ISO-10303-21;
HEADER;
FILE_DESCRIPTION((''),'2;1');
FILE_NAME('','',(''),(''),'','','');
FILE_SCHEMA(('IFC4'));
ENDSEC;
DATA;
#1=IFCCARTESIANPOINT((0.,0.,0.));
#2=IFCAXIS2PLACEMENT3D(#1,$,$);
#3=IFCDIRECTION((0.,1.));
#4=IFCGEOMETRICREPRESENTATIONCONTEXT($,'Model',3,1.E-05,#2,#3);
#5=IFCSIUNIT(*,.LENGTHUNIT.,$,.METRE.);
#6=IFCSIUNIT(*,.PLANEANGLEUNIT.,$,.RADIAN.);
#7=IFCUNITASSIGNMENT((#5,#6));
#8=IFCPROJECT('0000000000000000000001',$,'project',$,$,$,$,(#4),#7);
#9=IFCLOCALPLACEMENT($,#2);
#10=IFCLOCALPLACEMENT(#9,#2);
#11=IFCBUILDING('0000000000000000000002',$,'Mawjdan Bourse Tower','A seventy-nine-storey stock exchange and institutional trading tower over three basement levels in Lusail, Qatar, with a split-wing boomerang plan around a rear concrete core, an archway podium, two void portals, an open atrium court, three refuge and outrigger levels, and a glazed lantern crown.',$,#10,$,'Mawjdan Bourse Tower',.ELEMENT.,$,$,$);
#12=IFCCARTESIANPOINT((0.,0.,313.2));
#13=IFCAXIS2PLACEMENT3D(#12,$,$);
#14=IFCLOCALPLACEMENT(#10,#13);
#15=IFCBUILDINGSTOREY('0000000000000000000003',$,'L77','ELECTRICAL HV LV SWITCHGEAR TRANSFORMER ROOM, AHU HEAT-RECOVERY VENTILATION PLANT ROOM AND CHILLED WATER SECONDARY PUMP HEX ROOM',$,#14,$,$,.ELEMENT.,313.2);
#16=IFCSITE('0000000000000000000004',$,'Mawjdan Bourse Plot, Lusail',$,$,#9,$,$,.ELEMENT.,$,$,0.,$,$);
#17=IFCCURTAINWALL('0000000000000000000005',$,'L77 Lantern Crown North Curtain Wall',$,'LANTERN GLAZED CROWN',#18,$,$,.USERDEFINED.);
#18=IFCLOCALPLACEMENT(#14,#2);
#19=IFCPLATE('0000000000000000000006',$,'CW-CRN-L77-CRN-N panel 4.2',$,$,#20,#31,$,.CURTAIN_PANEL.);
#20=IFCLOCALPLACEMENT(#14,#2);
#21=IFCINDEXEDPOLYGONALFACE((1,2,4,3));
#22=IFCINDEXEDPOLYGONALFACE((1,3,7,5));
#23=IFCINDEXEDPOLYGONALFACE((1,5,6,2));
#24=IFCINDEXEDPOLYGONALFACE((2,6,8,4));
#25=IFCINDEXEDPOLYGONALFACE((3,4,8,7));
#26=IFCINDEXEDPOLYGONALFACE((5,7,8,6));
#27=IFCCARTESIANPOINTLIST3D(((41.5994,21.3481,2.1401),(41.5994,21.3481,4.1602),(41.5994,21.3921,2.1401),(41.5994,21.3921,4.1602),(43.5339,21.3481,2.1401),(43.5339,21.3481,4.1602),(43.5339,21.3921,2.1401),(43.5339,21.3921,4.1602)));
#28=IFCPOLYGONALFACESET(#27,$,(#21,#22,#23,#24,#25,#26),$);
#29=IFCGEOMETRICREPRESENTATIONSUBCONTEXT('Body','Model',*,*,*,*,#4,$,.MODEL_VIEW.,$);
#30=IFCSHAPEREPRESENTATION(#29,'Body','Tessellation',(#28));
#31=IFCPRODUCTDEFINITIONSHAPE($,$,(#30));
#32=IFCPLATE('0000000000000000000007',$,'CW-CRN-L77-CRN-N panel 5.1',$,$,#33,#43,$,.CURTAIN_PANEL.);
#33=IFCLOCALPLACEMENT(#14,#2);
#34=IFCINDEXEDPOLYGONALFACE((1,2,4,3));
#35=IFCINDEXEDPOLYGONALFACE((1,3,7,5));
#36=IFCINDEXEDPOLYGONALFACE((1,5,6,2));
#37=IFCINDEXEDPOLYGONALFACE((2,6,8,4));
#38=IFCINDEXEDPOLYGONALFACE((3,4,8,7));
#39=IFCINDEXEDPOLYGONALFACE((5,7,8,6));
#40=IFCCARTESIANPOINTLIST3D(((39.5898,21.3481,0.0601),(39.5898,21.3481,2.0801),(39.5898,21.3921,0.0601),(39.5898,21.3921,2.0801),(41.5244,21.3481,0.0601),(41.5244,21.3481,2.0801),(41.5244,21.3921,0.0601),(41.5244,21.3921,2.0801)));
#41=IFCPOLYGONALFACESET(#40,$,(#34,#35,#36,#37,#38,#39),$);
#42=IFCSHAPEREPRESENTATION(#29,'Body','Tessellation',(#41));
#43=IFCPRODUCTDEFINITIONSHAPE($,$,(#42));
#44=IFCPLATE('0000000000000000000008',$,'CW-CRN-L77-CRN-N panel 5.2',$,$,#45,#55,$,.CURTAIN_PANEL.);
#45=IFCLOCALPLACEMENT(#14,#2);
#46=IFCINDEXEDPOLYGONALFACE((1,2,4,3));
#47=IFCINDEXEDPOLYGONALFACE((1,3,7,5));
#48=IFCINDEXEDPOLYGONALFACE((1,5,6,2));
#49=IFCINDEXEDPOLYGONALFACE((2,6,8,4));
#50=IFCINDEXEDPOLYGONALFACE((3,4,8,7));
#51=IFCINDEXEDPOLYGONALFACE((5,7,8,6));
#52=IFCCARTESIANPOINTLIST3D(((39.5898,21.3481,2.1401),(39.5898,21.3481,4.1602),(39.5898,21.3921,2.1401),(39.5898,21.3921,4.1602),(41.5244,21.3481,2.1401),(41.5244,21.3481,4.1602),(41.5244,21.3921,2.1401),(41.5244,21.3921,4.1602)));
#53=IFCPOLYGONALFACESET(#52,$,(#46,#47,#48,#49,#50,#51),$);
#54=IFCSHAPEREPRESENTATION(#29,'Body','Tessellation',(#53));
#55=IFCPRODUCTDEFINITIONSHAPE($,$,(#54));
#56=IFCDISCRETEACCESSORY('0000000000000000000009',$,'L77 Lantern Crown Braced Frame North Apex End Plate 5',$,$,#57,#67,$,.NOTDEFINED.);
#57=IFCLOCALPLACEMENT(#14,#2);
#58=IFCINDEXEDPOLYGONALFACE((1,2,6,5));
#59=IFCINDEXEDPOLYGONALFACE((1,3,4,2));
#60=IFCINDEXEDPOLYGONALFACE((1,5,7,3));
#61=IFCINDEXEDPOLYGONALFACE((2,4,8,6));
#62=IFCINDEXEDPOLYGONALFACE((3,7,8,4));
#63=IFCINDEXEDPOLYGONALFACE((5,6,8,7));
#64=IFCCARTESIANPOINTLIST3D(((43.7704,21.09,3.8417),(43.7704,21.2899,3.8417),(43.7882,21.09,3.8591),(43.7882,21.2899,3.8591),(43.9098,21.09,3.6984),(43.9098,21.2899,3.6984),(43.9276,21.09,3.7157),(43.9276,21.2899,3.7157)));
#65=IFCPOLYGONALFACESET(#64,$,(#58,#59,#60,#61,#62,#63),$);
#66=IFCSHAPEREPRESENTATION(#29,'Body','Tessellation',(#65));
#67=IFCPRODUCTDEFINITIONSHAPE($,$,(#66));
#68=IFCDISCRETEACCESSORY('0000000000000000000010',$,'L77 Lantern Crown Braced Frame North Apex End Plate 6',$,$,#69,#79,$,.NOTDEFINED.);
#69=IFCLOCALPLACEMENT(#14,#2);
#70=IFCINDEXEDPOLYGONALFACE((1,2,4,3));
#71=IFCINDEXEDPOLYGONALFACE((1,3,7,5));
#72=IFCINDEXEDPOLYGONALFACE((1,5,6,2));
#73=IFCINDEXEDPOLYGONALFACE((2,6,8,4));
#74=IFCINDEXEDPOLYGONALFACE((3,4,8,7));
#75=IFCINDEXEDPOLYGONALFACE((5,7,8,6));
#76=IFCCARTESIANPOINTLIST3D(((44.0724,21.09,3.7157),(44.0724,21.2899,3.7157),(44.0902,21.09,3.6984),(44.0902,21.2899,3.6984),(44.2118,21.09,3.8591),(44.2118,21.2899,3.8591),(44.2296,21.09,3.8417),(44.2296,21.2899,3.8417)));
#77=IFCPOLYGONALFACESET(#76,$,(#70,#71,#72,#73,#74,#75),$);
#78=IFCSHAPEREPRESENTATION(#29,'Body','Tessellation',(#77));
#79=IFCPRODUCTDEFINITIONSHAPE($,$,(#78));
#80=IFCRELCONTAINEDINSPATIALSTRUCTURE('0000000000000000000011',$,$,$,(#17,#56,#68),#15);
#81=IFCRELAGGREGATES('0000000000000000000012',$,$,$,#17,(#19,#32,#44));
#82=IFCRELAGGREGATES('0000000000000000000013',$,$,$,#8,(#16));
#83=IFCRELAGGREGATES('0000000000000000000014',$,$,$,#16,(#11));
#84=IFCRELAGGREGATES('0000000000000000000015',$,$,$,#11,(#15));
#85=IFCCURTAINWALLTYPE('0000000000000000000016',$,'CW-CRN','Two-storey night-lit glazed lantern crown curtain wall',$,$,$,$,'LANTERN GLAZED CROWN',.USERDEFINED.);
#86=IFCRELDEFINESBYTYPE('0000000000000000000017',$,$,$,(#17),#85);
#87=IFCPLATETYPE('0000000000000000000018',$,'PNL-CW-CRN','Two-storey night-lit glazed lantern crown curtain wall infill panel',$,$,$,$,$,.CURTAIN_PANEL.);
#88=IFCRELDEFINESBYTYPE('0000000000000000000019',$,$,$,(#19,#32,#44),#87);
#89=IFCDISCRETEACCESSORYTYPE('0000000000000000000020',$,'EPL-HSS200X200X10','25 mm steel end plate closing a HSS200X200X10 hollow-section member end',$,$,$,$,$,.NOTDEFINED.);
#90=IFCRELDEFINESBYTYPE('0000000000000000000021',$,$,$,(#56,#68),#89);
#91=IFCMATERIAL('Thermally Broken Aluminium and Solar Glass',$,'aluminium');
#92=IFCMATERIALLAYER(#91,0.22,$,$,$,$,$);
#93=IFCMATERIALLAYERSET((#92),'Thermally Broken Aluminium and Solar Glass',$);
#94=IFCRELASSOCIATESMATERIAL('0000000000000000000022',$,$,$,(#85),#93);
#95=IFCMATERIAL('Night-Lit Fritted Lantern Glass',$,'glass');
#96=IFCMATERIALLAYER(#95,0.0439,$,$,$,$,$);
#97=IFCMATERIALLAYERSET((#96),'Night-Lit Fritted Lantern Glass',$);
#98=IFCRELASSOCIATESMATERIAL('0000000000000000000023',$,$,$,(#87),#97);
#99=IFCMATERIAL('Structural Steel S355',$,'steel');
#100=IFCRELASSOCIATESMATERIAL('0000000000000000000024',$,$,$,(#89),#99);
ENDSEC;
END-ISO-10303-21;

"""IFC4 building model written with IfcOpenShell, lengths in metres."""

from ifc_helpers import new_model, si_unit, direction, frame, origin, origin_2d, place, context, subcontext, project, spatial, rectangle, extrude, material, layer, layer_set, material_profile, profile_set, type_object, element, aggregate, save


model = new_model("IFC4")

# Units and contexts
model_context = context("Model", 3, precision=1e-05, world=origin(), true_north=direction((0.0, 1.0)))
body_context = subcontext(model_context, "Body", "Model", "MODEL_VIEW")
ifc_project = project(units=[si_unit("LENGTHUNIT", "METRE"), si_unit("PLANEANGLEUNIT", "RADIAN")], contexts=[model_context])

# Site, building, storey
site_placement = place(None, origin())
site = spatial("IfcSite", under=ifc_project, at=site_placement, Name="Mawjdan Bourse Plot, Lusail", CompositionType="ELEMENT", RefElevation=0.0)
building_placement = place(site_placement, origin())
building = spatial("IfcBuilding", under=site, at=building_placement, Name="Mawjdan Bourse Tower", Description="A seventy-nine-storey stock exchange and institutional trading tower over three basement levels in Lusail, Qatar, with a split-wing boomerang plan around a rear concrete core, an archway podium, two void portals, an open atrium court, three refuge and outrigger levels, and a glazed lantern crown.", LongName="Mawjdan Bourse Tower", CompositionType="ELEMENT")
storey_placement = place(building_placement, frame((0.0, 0.0, 313.2)))
storey = spatial("IfcBuildingStorey", under=building, at=storey_placement, Name="L77", Description="ELECTRICAL HV LV SWITCHGEAR TRANSFORMER ROOM, AHU HEAT-RECOVERY VENTILATION PLANT ROOM AND CHILLED WATER SECONDARY PUMP HEX ROOM", CompositionType="ELEMENT", Elevation=313.2)

# Shared definitions
ifc_material_1 = material(Name="Structural Steel S355", Category="steel")

# Curtain wall
ifc_material_2 = material(Name="Thermally Broken Aluminium and Solar Glass", Category="aluminium")
ifc_layer_1 = layer(ifc_material_2, 0.22)
ifc_layer_set_1 = layer_set([ifc_layer_1], Name="Thermally Broken Aluminium and Solar Glass")
curtain_wall_type = type_object("IfcCurtainWallType", Name="CW-CRN", Description="Two-storey night-lit glazed lantern crown curtain wall", ElementType="LANTERN GLAZED CROWN", PredefinedType="USERDEFINED", material=ifc_layer_set_1)
curtain_wall_placement = place(storey_placement, origin())
curtain_wall = element("IfcCurtainWall", 1, at=curtain_wall_placement, inside=storey, type_object=curtain_wall_type, Name="L77 Lantern Crown North Curtain Wall", ObjectType="LANTERN GLAZED CROWN", PredefinedType="USERDEFINED")

# Plates
ifc_material_3 = material(Name="Night-Lit Fritted Lantern Glass", Category="glass")
ifc_layer_2 = layer(ifc_material_3, 0.0439)
ifc_layer_set_2 = layer_set([ifc_layer_2], Name="Night-Lit Fritted Lantern Glass")
plate_type = type_object("IfcPlateType", Name="PNL-CW-CRN", Description="Two-storey night-lit glazed lantern crown curtain wall infill panel", PredefinedType="CURTAIN_PANEL", material=ifc_layer_set_2)
plate_1_placement = place(storey_placement, frame((42.5667, 21.3701, 2.1401), z_axis=(0.0, 0.0, 1.0), x_axis=(-1.0, 0.0, 0.0)))
plate_1 = element("IfcPlate", 2, at=plate_1_placement, type_object=plate_type, Name="CW-CRN-L77-CRN-N panel 4.2", PredefinedType="CURTAIN_PANEL", context=body_context, shape_type="SweptSolid", body=[
    extrude(rectangle(XDim=1.9346, YDim=0.0439, at=origin_2d()), origin(), (0.0, 0.0, 1.0), 2.02),
])
plate_2_placement = place(storey_placement, frame((40.5571, 21.3701, 0.0601), z_axis=(0.0, 0.0, 1.0), x_axis=(-1.0, 0.0, 0.0)))
plate_2 = element("IfcPlate", 3, at=plate_2_placement, type_object=plate_type, Name="CW-CRN-L77-CRN-N panel 5.1", PredefinedType="CURTAIN_PANEL", context=body_context, shape_type="SweptSolid", body=[
    extrude(rectangle(XDim=1.9346, YDim=0.0439, at=origin_2d()), origin(), (0.0, 0.0, 1.0), 2.02),
])
plate_3_placement = place(storey_placement, frame((40.5571, 21.3701, 2.1401), z_axis=(0.0, 0.0, 1.0), x_axis=(-1.0, 0.0, 0.0)))
plate_3 = element("IfcPlate", 4, at=plate_3_placement, type_object=plate_type, Name="CW-CRN-L77-CRN-N panel 5.2", PredefinedType="CURTAIN_PANEL", context=body_context, shape_type="SweptSolid", body=[
    extrude(rectangle(XDim=1.9346, YDim=0.0439, at=origin_2d()), origin(), (0.0, 0.0, 1.0), 2.02),
])
aggregate(curtain_wall, [plate_1, plate_2, plate_3])

# Discrete accessories
ifc_material_profile_1 = material_profile(ifc_material_1, rectangle(XDim=0.2, YDim=0.2, at=origin_2d()), Name="EPL-HSS200X200X10")
ifc_profile_set_1 = profile_set([ifc_material_profile_1], Name="Structural Steel S355")
discrete_accessory_type = type_object("IfcDiscreteAccessoryType", Name="EPL-HSS200X200X10", Description="25 mm steel end plate closing a HSS200X200X10 hollow-section member end", PredefinedType="NOTDEFINED", material=ifc_profile_set_1)
for number, where, z_axis, x_axis, name in (
    (5, (43.8401, 21.1899, 3.77), (0.716859, 0.0, 0.697219), (0.0, 1.0, 0.0), "L77 Lantern Crown Braced Frame North Apex End Plate 5"),
    (6, (44.1599, 21.1899, 3.77), (-0.716859, 0.0, 0.697219), (0.0, -1.0, 0.0), "L77 Lantern Crown Braced Frame North Apex End Plate 6"),
):
    element("IfcDiscreteAccessory", number, at=place(storey_placement, frame(where, z_axis=z_axis, x_axis=x_axis)), inside=storey, type_object=discrete_accessory_type, Name=name, PredefinedType="NOTDEFINED", context=body_context, shape_type="SweptSolid", body=[
        extrude(rectangle(XDim=0.2, YDim=0.2, at=origin_2d()), origin(), (0.0, 0.0, 1.0), 0.0249),
    ])

save(model, "model.ifc")
